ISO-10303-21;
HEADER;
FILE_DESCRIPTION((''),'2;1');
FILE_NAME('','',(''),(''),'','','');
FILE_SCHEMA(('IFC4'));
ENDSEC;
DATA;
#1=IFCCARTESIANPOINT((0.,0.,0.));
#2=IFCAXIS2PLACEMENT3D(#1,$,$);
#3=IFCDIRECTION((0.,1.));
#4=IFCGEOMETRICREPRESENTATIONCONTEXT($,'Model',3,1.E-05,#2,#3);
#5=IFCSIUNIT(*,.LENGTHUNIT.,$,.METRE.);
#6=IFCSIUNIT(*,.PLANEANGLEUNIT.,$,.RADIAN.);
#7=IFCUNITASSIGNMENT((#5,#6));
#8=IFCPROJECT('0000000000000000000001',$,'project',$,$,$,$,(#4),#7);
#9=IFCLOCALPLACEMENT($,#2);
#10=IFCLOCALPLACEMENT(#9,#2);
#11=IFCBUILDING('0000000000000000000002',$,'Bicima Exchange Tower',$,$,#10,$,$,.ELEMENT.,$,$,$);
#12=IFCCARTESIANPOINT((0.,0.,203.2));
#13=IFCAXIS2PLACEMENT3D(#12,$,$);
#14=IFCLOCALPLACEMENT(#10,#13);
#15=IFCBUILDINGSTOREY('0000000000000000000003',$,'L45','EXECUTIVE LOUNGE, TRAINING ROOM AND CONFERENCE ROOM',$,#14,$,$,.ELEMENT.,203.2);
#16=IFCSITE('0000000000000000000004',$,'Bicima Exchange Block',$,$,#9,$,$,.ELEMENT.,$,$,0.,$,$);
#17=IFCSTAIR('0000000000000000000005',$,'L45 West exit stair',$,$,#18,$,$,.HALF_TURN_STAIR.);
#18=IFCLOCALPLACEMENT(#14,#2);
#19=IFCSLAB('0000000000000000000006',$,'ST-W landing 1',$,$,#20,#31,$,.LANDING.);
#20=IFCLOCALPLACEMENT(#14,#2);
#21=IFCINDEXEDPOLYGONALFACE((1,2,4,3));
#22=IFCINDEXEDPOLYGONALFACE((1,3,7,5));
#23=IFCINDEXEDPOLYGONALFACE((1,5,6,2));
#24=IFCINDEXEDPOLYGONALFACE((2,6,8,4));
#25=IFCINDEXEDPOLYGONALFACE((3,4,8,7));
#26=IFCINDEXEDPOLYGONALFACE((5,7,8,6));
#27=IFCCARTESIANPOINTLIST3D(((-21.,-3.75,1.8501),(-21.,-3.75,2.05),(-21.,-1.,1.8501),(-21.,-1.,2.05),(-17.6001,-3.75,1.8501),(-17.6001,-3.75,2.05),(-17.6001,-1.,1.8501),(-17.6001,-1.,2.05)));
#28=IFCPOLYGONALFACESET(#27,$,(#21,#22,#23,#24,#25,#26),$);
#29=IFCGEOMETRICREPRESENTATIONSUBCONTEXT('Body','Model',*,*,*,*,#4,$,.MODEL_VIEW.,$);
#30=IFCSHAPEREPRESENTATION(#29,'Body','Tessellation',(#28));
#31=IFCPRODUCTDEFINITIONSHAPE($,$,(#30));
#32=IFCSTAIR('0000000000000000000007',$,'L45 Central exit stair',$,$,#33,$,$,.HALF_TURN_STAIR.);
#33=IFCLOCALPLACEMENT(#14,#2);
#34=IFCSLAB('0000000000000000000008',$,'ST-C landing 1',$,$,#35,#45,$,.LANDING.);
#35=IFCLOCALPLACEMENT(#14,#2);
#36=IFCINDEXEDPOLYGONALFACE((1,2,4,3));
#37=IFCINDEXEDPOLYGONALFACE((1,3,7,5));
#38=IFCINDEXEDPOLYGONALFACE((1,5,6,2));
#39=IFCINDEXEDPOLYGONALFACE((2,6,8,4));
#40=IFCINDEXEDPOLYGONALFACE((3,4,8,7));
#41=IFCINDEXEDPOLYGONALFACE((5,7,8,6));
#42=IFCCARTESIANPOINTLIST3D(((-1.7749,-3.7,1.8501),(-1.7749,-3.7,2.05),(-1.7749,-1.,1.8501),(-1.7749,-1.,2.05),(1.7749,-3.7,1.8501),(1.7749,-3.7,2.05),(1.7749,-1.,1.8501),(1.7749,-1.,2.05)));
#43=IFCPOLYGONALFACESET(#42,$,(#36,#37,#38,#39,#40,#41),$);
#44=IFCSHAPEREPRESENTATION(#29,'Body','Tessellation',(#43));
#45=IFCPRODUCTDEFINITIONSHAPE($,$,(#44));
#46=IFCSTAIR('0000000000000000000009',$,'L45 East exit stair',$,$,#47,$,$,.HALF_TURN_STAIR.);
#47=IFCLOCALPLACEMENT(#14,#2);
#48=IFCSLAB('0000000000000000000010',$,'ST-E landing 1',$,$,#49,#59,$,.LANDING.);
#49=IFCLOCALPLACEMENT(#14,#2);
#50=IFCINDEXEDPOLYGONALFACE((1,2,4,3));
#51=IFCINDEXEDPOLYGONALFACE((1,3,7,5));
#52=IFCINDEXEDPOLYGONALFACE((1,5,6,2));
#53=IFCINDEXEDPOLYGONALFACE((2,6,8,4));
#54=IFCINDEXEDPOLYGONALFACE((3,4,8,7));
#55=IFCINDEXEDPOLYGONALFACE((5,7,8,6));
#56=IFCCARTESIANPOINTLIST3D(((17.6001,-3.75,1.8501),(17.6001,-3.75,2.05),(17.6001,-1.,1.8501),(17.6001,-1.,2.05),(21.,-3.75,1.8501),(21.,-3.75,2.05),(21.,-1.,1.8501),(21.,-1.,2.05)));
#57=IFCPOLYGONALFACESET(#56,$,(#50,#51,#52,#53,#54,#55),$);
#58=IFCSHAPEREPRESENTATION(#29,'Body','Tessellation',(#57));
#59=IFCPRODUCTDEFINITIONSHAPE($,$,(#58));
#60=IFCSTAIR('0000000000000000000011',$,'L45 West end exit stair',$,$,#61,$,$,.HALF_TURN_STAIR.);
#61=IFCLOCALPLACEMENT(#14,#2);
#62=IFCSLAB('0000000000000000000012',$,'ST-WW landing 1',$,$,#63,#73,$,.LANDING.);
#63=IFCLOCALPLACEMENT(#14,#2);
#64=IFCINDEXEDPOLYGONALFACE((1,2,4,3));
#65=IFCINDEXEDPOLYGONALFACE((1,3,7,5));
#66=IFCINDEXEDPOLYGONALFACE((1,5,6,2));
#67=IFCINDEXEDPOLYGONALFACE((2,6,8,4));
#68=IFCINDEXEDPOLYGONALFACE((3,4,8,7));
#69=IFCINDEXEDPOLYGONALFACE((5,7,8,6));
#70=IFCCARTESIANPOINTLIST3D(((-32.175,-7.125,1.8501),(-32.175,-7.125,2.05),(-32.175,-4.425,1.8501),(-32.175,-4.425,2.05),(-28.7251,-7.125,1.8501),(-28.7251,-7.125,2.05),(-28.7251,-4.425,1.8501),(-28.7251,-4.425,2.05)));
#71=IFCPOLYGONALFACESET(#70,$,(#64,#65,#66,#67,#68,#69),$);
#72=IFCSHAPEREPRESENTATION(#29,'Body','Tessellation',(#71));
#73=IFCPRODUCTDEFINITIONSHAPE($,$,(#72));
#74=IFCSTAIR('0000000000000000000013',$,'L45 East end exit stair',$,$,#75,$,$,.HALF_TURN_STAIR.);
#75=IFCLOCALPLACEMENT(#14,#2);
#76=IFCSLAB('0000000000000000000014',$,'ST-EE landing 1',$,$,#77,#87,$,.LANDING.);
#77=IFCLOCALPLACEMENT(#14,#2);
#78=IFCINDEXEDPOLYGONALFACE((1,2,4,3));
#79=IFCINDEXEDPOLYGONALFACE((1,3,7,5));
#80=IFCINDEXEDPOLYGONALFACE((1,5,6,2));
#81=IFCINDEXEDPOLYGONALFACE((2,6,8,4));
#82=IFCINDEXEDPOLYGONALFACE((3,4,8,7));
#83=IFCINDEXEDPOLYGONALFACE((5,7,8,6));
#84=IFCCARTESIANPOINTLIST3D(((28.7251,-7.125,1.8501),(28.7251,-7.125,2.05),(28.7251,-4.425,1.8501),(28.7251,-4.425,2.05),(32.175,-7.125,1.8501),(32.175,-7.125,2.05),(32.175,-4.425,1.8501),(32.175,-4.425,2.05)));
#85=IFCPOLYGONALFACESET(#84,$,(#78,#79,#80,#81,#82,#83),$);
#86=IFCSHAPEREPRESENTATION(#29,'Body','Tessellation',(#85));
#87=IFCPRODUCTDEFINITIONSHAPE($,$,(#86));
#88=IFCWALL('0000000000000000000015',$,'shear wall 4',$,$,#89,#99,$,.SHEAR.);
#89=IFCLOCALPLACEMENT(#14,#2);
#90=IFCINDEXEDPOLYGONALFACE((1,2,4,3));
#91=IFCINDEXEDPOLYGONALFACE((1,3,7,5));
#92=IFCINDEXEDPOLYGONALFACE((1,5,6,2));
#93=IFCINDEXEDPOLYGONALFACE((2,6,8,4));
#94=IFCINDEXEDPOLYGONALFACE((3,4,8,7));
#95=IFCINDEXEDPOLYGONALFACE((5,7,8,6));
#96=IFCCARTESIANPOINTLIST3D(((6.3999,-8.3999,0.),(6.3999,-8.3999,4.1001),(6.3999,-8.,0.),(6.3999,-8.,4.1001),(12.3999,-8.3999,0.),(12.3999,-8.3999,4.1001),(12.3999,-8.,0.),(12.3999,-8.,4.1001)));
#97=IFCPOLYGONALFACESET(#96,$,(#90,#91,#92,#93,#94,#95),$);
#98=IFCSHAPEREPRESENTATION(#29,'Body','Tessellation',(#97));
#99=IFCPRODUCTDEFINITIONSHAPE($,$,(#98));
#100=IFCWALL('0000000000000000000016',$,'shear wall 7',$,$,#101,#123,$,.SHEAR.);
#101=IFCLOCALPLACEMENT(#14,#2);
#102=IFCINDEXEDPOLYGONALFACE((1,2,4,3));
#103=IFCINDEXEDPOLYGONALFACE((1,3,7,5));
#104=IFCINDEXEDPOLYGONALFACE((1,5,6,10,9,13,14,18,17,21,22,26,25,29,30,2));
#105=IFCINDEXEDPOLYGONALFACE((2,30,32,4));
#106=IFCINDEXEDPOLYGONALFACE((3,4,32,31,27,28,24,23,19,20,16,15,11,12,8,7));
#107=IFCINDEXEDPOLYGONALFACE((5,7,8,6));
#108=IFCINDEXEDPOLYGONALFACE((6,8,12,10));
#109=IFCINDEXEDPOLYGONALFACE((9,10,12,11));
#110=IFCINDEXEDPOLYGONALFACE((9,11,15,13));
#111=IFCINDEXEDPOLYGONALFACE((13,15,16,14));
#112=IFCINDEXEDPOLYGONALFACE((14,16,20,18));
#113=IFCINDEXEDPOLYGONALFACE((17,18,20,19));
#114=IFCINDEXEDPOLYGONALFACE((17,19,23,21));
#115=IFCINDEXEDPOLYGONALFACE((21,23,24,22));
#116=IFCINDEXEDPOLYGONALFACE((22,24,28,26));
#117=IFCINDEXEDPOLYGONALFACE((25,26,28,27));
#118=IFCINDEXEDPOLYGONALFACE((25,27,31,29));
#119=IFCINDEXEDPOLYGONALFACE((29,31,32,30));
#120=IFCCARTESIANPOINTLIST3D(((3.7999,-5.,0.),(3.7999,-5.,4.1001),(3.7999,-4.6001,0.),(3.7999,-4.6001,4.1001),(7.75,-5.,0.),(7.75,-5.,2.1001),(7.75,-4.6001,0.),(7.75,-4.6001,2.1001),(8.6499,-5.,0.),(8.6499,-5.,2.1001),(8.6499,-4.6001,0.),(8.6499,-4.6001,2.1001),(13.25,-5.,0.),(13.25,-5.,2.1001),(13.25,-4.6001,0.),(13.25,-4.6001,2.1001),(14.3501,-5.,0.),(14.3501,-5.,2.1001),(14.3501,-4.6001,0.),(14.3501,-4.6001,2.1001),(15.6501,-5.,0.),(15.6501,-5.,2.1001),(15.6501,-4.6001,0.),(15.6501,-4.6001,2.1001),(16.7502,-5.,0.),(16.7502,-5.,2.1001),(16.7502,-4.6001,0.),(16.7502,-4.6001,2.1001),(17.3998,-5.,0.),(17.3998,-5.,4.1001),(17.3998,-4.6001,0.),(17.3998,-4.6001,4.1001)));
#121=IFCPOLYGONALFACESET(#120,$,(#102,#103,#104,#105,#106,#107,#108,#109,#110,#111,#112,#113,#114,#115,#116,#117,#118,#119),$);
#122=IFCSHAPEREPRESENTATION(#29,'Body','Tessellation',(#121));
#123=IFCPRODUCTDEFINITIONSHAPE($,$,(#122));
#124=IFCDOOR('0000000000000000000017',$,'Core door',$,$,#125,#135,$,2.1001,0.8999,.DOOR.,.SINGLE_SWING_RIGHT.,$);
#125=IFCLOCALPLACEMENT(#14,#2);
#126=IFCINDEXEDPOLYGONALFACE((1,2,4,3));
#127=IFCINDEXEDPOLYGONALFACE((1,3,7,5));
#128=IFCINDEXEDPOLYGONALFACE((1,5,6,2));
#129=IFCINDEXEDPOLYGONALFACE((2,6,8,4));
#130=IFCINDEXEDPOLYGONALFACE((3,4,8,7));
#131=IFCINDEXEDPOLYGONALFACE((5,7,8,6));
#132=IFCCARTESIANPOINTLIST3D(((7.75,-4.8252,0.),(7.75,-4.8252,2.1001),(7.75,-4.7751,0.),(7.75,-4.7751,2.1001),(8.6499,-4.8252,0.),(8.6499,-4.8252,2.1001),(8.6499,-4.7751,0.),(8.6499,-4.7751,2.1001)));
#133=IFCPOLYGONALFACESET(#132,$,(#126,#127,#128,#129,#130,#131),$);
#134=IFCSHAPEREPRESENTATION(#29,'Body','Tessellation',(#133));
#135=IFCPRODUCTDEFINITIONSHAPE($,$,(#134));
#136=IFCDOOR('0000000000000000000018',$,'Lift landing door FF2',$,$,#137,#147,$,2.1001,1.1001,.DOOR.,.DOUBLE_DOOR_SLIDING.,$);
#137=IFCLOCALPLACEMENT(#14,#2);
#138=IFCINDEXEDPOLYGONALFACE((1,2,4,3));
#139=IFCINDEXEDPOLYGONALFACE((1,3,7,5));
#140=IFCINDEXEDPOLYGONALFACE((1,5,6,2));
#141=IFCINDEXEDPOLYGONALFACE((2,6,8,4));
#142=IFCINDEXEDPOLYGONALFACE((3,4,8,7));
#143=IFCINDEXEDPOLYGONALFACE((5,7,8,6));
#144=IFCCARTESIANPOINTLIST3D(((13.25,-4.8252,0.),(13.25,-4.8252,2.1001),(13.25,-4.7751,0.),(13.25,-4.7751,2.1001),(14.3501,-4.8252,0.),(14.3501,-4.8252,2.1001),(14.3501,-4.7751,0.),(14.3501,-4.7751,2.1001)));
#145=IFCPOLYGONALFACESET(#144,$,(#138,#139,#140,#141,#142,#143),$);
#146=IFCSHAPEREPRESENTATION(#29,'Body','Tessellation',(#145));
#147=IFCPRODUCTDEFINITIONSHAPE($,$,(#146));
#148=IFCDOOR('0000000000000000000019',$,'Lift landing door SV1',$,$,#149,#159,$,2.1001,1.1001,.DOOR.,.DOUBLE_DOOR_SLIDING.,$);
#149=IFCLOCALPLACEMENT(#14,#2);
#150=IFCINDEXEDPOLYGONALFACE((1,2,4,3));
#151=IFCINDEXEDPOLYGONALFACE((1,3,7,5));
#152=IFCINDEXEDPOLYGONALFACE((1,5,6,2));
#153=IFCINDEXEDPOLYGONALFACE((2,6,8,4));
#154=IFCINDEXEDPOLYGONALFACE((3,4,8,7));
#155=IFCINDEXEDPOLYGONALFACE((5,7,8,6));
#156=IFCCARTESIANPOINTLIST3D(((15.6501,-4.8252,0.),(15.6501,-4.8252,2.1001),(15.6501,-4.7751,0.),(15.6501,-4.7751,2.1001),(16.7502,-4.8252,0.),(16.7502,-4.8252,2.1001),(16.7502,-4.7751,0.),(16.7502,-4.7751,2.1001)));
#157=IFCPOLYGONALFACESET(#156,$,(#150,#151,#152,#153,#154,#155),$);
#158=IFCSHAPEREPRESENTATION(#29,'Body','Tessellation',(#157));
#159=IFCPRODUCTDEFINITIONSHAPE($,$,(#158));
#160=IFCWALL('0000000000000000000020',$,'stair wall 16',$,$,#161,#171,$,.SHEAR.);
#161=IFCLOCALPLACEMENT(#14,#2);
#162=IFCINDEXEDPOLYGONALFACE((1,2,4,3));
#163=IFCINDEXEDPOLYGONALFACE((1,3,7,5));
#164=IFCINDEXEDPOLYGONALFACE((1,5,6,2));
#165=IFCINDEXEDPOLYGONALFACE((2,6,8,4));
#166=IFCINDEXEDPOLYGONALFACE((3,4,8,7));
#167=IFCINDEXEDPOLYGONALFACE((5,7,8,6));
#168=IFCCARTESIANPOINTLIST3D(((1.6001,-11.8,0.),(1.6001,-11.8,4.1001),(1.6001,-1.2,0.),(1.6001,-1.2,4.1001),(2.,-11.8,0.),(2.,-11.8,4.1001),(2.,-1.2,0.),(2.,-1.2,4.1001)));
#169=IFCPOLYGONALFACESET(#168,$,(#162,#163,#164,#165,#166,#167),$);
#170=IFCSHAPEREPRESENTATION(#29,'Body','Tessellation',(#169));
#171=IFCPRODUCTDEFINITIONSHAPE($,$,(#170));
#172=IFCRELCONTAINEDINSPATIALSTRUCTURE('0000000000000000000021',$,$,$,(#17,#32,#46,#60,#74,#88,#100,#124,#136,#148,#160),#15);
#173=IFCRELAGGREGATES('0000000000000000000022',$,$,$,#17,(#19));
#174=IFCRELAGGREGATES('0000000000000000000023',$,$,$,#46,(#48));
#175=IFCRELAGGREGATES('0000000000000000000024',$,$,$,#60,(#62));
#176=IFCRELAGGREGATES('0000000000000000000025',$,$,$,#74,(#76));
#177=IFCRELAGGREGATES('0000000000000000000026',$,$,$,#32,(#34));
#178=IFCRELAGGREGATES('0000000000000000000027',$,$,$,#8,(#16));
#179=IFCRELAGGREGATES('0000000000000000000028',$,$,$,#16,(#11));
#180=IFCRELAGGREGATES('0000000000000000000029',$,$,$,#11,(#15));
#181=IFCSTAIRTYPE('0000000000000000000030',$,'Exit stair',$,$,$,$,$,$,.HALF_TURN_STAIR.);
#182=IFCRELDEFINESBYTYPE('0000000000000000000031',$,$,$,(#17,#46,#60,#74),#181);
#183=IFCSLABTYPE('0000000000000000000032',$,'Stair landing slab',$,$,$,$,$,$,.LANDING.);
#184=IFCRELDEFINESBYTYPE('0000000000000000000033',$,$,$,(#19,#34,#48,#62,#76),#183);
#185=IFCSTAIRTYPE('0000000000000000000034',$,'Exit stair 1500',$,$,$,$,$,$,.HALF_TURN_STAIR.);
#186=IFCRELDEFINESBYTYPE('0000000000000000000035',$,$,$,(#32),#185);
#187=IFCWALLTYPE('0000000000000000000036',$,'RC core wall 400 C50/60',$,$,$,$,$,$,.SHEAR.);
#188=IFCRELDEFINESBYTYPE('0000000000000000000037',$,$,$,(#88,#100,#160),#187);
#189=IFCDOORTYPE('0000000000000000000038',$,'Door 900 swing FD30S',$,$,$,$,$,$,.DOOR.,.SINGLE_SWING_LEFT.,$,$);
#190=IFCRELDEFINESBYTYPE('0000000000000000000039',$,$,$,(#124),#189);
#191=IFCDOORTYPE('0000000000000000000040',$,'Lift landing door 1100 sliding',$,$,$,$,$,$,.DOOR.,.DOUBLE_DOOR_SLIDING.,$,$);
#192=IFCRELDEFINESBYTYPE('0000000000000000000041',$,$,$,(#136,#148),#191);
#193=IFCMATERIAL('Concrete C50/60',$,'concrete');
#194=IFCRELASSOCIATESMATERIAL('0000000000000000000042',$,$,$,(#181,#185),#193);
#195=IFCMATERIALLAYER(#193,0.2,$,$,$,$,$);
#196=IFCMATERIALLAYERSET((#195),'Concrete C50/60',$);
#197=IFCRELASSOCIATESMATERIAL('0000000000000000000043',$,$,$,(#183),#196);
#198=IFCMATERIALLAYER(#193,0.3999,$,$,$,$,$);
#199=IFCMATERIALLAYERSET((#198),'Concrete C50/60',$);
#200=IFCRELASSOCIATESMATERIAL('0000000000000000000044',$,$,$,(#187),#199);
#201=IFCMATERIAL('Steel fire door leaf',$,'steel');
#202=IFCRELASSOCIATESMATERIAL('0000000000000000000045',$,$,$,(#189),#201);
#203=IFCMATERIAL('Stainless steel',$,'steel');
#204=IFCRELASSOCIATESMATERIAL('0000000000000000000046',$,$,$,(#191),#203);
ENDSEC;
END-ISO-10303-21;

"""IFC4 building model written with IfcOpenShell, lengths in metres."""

from ifc_helpers import new_model, si_unit, direction, frame, frame_2d, origin, place, context, subcontext, project, spatial, polyline, rectangle, outline, extrude, material, layer, layer_set, type_object, element, fill, aggregate, save


model = new_model("IFC4")

# Units and contexts
model_context = context("Model", 3, precision=1e-05, world=origin(), true_north=direction((0.0, 1.0)))
body_context = subcontext(model_context, "Body", "Model", "MODEL_VIEW")
ifc_project = project(units=[si_unit("LENGTHUNIT", "METRE"), si_unit("PLANEANGLEUNIT", "RADIAN")], contexts=[model_context])

# Site, building, storey
site_placement = place(None, origin())
site = spatial("IfcSite", under=ifc_project, at=site_placement, Name="Bicima Exchange Block", CompositionType="ELEMENT", RefElevation=0.0)
building_placement = place(site_placement, origin())
building = spatial("IfcBuilding", under=site, at=building_placement, Name="Bicima Exchange Tower", CompositionType="ELEMENT")
storey_placement = place(building_placement, frame((0.0, 0.0, 203.2)))
storey = spatial("IfcBuildingStorey", under=building, at=storey_placement, Name="L45", Description="EXECUTIVE LOUNGE, TRAINING ROOM AND CONFERENCE ROOM", CompositionType="ELEMENT", Elevation=203.2)

# Stairs, slabs
ifc_material_1 = material(Name="Concrete C50/60", Category="concrete")
stair_type_1 = type_object("IfcStairType", Name="Exit stair", PredefinedType="HALF_TURN_STAIR", material=ifc_material_1)
stair_1_placement = place(storey_placement, origin())
stair_1 = element("IfcStair", 1, at=stair_1_placement, inside=storey, type_object=stair_type_1, Name="L45 West exit stair", PredefinedType="HALF_TURN_STAIR")
ifc_layer_1 = layer(ifc_material_1, 0.2)
ifc_layer_set_1 = layer_set([ifc_layer_1], Name="Concrete C50/60")
slab_type = type_object("IfcSlabType", Name="Stair landing slab", PredefinedType="LANDING", material=ifc_layer_set_1)
slab_1_placement = place(storey_placement, frame((0.0, 0.0, 1.8501)))
slab_1 = element("IfcSlab", 2, at=slab_1_placement, type_object=slab_type, Name="ST-W landing 1", PredefinedType="LANDING", context=body_context, shape_type="SweptSolid", body=[
    extrude(outline(polyline([(-17.6001, -3.75), (-17.6001, -1.0), (-21.0, -1.0), (-21.0, -3.75), (-17.6001, -3.75)])), origin(), (0.0, 0.0, 1.0), 0.2),
])
aggregate(stair_1, [slab_1])
stair_type_2 = type_object("IfcStairType", Name="Exit stair 1500", PredefinedType="HALF_TURN_STAIR", material=ifc_material_1)
stair_2_placement = place(storey_placement, origin())
stair_2 = element("IfcStair", 3, at=stair_2_placement, inside=storey, type_object=stair_type_2, Name="L45 Central exit stair", PredefinedType="HALF_TURN_STAIR")
slab_2_placement = place(storey_placement, frame((0.0, 0.0, 1.8501)))
slab_2 = element("IfcSlab", 4, at=slab_2_placement, type_object=slab_type, Name="ST-C landing 1", PredefinedType="LANDING", context=body_context, shape_type="SweptSolid", body=[
    extrude(outline(polyline([(1.7749, -3.7), (1.7749, -1.0), (-1.7749, -1.0), (-1.7749, -3.7), (1.7749, -3.7)])), origin(), (0.0, 0.0, 1.0), 0.2),
])
stair_3_placement = place(storey_placement, origin())
stair_3 = element("IfcStair", 5, at=stair_3_placement, inside=storey, type_object=stair_type_1, Name="L45 East exit stair", PredefinedType="HALF_TURN_STAIR")
slab_3_placement = place(storey_placement, frame((0.0, 0.0, 1.8501)))
slab_3 = element("IfcSlab", 6, at=slab_3_placement, type_object=slab_type, Name="ST-E landing 1", PredefinedType="LANDING", context=body_context, shape_type="SweptSolid", body=[
    extrude(outline(polyline([(21.0, -3.75), (21.0, -1.0), (17.6001, -1.0), (17.6001, -3.75), (21.0, -3.75)])), origin(), (0.0, 0.0, 1.0), 0.2),
])
aggregate(stair_3, [slab_3])
stair_4_placement = place(storey_placement, origin())
stair_4 = element("IfcStair", 7, at=stair_4_placement, inside=storey, type_object=stair_type_1, Name="L45 West end exit stair", PredefinedType="HALF_TURN_STAIR")
slab_4_placement = place(storey_placement, frame((0.0, 0.0, 1.8501)))
slab_4 = element("IfcSlab", 8, at=slab_4_placement, type_object=slab_type, Name="ST-WW landing 1", PredefinedType="LANDING", context=body_context, shape_type="SweptSolid", body=[
    extrude(outline(polyline([(-28.7251, -7.125), (-28.7251, -4.425), (-32.175, -4.425), (-32.175, -7.125), (-28.7251, -7.125)])), origin(), (0.0, 0.0, 1.0), 0.2),
])
aggregate(stair_4, [slab_4])
stair_5_placement = place(storey_placement, origin())
stair_5 = element("IfcStair", 9, at=stair_5_placement, inside=storey, type_object=stair_type_1, Name="L45 East end exit stair", PredefinedType="HALF_TURN_STAIR")
slab_5_placement = place(storey_placement, frame((0.0, 0.0, 1.8501)))
slab_5 = element("IfcSlab", 10, at=slab_5_placement, type_object=slab_type, Name="ST-EE landing 1", PredefinedType="LANDING", context=body_context, shape_type="SweptSolid", body=[
    extrude(outline(polyline([(32.175, -7.125), (32.175, -4.425), (28.7251, -4.425), (28.7251, -7.125), (32.175, -7.125)])), origin(), (0.0, 0.0, 1.0), 0.2),
])
aggregate(stair_5, [slab_5])

# Wall
ifc_layer_2 = layer(ifc_material_1, 0.3999)
ifc_layer_set_2 = layer_set([ifc_layer_2], Name="Concrete C50/60")
wall_type_1 = type_object("IfcWallType", Name="RC core wall 400 C50/60", PredefinedType="SHEAR", material=ifc_layer_set_2)
wall_1_placement = place(storey_placement, frame((6.3999, -8.2, 0.0), z_axis=(0.0, 0.0, 1.0), x_axis=(1.0, 0.0, 0.0)))
element("IfcWall", 11, at=wall_1_placement, inside=storey, type_object=wall_type_1, Name="shear wall 4", PredefinedType="SHEAR", context=body_context, shape_type="SweptSolid", body=[
    extrude(rectangle(XDim=6.0, YDim=0.3999, at=frame_2d((3.0, 0.0))), origin(), (0.0, 0.0, 1.0), 4.1001),
])

# Wall, openings, doors
wall_2_placement = place(storey_placement, frame((3.8, -4.8, 0.0), z_axis=(0.0, 0.0, 1.0), x_axis=(1.0, 0.0, 0.0)))
wall_2 = element("IfcWall", 12, at=wall_2_placement, inside=storey, type_object=wall_type_1, Name="shear wall 7", PredefinedType="SHEAR", context=body_context, shape_type="SweptSolid", body=[
    extrude(rectangle(XDim=13.5999, YDim=0.3999, at=frame_2d((6.7998, 0.0))), origin(), (0.0, 0.0, 1.0), 4.1001),
])
opening_1_placement = place(wall_2_placement, frame((9.45, 0.0, 0.0)))
opening_1 = element("IfcOpeningElement", 13, at=opening_1_placement, cuts=wall_2, PredefinedType="OPENING", context=body_context, shape_type="SweptSolid", body=[
    extrude(rectangle(XDim=1.1001, YDim=2.1001, at=frame_2d((0.55, 1.05))), frame((0.0, 0.2119, 0.0), z_axis=(0.0, -1.0, 0.0), x_axis=(1.0, 0.0, 0.0)), (0.0, 0.0, 1.0), 0.4238),
])
opening_2_placement = place(wall_2_placement, frame((11.8501, 0.0, 0.0)))
opening_2 = element("IfcOpeningElement", 14, at=opening_2_placement, cuts=wall_2, PredefinedType="OPENING", context=body_context, shape_type="SweptSolid", body=[
    extrude(rectangle(XDim=1.1001, YDim=2.1001, at=frame_2d((0.55, 1.05))), frame((0.0, 0.2119, 0.0), z_axis=(0.0, -1.0, 0.0), x_axis=(1.0, 0.0, 0.0)), (0.0, 0.0, 1.0), 0.4238),
])
opening_3_placement = place(wall_2_placement, frame((3.95, 0.0, 0.0)))
opening_3 = element("IfcOpeningElement", 15, at=opening_3_placement, cuts=wall_2, PredefinedType="OPENING", context=body_context, shape_type="SweptSolid", body=[
    extrude(rectangle(XDim=0.8999, YDim=2.1001, at=frame_2d((0.45, 1.05))), frame((0.0, 0.2119, 0.0), z_axis=(0.0, -1.0, 0.0), x_axis=(1.0, 0.0, 0.0)), (0.0, 0.0, 1.0), 0.4238),
])
ifc_material_2 = material(Name="Steel fire door leaf", Category="steel")
door_type_1 = type_object("IfcDoorType", Name="Door 900 swing FD30S", OperationType="SINGLE_SWING_LEFT", PredefinedType="DOOR", material=ifc_material_2)
door_1_placement = place(opening_3_placement, origin())
door_1 = element("IfcDoor", 16, at=door_1_placement, inside=storey, type_object=door_type_1, Name="Core door", OperationType="SINGLE_SWING_RIGHT", OverallHeight=2.1001, OverallWidth=0.8999, PredefinedType="DOOR", context=body_context, shape_type="SweptSolid", body=[
    extrude(rectangle(XDim=0.8999, YDim=2.1001, at=frame_2d((0.45, 1.05))), frame((0.0, 0.0249, 0.0), z_axis=(0.0, -1.0, 0.0), x_axis=(1.0, 0.0, 0.0)), (0.0, 0.0, 1.0), 0.05),
])
fill(opening_3, door_1)
ifc_material_3 = material(Name="Stainless steel", Category="steel")
door_type_2 = type_object("IfcDoorType", Name="Lift landing door 1100 sliding", OperationType="DOUBLE_DOOR_SLIDING", PredefinedType="DOOR", material=ifc_material_3)
door_2_placement = place(opening_1_placement, origin())
door_2 = element("IfcDoor", 17, at=door_2_placement, inside=storey, type_object=door_type_2, Name="Lift landing door FF2", OperationType="DOUBLE_DOOR_SLIDING", OverallHeight=2.1001, OverallWidth=1.1001, PredefinedType="DOOR", context=body_context, shape_type="SweptSolid", body=[
    extrude(rectangle(XDim=1.1001, YDim=2.1001, at=frame_2d((0.55, 1.05))), frame((0.0, 0.0249, 0.0), z_axis=(0.0, -1.0, 0.0), x_axis=(1.0, 0.0, 0.0)), (0.0, 0.0, 1.0), 0.05),
])
fill(opening_1, door_2)
door_3_placement = place(opening_2_placement, origin())
door_3 = element("IfcDoor", 18, at=door_3_placement, inside=storey, type_object=door_type_2, Name="Lift landing door SV1", OperationType="DOUBLE_DOOR_SLIDING", OverallHeight=2.1001, OverallWidth=1.1001, PredefinedType="DOOR", context=body_context, shape_type="SweptSolid", body=[
    extrude(rectangle(XDim=1.1001, YDim=2.1001, at=frame_2d((0.55, 1.05))), frame((0.0, 0.0249, 0.0), z_axis=(0.0, -1.0, 0.0), x_axis=(1.0, 0.0, 0.0)), (0.0, 0.0, 1.0), 0.05),
])
fill(opening_2, door_3)

# Wall
wall_3_placement = place(storey_placement, frame((1.8, -11.8, 0.0), z_axis=(0.0, 0.0, 1.0), x_axis=(0.0, 1.0, 0.0)))
element("IfcWall", 19, at=wall_3_placement, inside=storey, type_object=wall_type_1, Name="stair wall 16", PredefinedType="SHEAR", context=body_context, shape_type="SweptSolid", body=[
    extrude(rectangle(XDim=10.6001, YDim=0.3999, at=frame_2d((5.3, 0.0))), origin(), (0.0, 0.0, 1.0), 4.1001),
])

aggregate(stair_2, [slab_2])

save(model, "model.ifc")
